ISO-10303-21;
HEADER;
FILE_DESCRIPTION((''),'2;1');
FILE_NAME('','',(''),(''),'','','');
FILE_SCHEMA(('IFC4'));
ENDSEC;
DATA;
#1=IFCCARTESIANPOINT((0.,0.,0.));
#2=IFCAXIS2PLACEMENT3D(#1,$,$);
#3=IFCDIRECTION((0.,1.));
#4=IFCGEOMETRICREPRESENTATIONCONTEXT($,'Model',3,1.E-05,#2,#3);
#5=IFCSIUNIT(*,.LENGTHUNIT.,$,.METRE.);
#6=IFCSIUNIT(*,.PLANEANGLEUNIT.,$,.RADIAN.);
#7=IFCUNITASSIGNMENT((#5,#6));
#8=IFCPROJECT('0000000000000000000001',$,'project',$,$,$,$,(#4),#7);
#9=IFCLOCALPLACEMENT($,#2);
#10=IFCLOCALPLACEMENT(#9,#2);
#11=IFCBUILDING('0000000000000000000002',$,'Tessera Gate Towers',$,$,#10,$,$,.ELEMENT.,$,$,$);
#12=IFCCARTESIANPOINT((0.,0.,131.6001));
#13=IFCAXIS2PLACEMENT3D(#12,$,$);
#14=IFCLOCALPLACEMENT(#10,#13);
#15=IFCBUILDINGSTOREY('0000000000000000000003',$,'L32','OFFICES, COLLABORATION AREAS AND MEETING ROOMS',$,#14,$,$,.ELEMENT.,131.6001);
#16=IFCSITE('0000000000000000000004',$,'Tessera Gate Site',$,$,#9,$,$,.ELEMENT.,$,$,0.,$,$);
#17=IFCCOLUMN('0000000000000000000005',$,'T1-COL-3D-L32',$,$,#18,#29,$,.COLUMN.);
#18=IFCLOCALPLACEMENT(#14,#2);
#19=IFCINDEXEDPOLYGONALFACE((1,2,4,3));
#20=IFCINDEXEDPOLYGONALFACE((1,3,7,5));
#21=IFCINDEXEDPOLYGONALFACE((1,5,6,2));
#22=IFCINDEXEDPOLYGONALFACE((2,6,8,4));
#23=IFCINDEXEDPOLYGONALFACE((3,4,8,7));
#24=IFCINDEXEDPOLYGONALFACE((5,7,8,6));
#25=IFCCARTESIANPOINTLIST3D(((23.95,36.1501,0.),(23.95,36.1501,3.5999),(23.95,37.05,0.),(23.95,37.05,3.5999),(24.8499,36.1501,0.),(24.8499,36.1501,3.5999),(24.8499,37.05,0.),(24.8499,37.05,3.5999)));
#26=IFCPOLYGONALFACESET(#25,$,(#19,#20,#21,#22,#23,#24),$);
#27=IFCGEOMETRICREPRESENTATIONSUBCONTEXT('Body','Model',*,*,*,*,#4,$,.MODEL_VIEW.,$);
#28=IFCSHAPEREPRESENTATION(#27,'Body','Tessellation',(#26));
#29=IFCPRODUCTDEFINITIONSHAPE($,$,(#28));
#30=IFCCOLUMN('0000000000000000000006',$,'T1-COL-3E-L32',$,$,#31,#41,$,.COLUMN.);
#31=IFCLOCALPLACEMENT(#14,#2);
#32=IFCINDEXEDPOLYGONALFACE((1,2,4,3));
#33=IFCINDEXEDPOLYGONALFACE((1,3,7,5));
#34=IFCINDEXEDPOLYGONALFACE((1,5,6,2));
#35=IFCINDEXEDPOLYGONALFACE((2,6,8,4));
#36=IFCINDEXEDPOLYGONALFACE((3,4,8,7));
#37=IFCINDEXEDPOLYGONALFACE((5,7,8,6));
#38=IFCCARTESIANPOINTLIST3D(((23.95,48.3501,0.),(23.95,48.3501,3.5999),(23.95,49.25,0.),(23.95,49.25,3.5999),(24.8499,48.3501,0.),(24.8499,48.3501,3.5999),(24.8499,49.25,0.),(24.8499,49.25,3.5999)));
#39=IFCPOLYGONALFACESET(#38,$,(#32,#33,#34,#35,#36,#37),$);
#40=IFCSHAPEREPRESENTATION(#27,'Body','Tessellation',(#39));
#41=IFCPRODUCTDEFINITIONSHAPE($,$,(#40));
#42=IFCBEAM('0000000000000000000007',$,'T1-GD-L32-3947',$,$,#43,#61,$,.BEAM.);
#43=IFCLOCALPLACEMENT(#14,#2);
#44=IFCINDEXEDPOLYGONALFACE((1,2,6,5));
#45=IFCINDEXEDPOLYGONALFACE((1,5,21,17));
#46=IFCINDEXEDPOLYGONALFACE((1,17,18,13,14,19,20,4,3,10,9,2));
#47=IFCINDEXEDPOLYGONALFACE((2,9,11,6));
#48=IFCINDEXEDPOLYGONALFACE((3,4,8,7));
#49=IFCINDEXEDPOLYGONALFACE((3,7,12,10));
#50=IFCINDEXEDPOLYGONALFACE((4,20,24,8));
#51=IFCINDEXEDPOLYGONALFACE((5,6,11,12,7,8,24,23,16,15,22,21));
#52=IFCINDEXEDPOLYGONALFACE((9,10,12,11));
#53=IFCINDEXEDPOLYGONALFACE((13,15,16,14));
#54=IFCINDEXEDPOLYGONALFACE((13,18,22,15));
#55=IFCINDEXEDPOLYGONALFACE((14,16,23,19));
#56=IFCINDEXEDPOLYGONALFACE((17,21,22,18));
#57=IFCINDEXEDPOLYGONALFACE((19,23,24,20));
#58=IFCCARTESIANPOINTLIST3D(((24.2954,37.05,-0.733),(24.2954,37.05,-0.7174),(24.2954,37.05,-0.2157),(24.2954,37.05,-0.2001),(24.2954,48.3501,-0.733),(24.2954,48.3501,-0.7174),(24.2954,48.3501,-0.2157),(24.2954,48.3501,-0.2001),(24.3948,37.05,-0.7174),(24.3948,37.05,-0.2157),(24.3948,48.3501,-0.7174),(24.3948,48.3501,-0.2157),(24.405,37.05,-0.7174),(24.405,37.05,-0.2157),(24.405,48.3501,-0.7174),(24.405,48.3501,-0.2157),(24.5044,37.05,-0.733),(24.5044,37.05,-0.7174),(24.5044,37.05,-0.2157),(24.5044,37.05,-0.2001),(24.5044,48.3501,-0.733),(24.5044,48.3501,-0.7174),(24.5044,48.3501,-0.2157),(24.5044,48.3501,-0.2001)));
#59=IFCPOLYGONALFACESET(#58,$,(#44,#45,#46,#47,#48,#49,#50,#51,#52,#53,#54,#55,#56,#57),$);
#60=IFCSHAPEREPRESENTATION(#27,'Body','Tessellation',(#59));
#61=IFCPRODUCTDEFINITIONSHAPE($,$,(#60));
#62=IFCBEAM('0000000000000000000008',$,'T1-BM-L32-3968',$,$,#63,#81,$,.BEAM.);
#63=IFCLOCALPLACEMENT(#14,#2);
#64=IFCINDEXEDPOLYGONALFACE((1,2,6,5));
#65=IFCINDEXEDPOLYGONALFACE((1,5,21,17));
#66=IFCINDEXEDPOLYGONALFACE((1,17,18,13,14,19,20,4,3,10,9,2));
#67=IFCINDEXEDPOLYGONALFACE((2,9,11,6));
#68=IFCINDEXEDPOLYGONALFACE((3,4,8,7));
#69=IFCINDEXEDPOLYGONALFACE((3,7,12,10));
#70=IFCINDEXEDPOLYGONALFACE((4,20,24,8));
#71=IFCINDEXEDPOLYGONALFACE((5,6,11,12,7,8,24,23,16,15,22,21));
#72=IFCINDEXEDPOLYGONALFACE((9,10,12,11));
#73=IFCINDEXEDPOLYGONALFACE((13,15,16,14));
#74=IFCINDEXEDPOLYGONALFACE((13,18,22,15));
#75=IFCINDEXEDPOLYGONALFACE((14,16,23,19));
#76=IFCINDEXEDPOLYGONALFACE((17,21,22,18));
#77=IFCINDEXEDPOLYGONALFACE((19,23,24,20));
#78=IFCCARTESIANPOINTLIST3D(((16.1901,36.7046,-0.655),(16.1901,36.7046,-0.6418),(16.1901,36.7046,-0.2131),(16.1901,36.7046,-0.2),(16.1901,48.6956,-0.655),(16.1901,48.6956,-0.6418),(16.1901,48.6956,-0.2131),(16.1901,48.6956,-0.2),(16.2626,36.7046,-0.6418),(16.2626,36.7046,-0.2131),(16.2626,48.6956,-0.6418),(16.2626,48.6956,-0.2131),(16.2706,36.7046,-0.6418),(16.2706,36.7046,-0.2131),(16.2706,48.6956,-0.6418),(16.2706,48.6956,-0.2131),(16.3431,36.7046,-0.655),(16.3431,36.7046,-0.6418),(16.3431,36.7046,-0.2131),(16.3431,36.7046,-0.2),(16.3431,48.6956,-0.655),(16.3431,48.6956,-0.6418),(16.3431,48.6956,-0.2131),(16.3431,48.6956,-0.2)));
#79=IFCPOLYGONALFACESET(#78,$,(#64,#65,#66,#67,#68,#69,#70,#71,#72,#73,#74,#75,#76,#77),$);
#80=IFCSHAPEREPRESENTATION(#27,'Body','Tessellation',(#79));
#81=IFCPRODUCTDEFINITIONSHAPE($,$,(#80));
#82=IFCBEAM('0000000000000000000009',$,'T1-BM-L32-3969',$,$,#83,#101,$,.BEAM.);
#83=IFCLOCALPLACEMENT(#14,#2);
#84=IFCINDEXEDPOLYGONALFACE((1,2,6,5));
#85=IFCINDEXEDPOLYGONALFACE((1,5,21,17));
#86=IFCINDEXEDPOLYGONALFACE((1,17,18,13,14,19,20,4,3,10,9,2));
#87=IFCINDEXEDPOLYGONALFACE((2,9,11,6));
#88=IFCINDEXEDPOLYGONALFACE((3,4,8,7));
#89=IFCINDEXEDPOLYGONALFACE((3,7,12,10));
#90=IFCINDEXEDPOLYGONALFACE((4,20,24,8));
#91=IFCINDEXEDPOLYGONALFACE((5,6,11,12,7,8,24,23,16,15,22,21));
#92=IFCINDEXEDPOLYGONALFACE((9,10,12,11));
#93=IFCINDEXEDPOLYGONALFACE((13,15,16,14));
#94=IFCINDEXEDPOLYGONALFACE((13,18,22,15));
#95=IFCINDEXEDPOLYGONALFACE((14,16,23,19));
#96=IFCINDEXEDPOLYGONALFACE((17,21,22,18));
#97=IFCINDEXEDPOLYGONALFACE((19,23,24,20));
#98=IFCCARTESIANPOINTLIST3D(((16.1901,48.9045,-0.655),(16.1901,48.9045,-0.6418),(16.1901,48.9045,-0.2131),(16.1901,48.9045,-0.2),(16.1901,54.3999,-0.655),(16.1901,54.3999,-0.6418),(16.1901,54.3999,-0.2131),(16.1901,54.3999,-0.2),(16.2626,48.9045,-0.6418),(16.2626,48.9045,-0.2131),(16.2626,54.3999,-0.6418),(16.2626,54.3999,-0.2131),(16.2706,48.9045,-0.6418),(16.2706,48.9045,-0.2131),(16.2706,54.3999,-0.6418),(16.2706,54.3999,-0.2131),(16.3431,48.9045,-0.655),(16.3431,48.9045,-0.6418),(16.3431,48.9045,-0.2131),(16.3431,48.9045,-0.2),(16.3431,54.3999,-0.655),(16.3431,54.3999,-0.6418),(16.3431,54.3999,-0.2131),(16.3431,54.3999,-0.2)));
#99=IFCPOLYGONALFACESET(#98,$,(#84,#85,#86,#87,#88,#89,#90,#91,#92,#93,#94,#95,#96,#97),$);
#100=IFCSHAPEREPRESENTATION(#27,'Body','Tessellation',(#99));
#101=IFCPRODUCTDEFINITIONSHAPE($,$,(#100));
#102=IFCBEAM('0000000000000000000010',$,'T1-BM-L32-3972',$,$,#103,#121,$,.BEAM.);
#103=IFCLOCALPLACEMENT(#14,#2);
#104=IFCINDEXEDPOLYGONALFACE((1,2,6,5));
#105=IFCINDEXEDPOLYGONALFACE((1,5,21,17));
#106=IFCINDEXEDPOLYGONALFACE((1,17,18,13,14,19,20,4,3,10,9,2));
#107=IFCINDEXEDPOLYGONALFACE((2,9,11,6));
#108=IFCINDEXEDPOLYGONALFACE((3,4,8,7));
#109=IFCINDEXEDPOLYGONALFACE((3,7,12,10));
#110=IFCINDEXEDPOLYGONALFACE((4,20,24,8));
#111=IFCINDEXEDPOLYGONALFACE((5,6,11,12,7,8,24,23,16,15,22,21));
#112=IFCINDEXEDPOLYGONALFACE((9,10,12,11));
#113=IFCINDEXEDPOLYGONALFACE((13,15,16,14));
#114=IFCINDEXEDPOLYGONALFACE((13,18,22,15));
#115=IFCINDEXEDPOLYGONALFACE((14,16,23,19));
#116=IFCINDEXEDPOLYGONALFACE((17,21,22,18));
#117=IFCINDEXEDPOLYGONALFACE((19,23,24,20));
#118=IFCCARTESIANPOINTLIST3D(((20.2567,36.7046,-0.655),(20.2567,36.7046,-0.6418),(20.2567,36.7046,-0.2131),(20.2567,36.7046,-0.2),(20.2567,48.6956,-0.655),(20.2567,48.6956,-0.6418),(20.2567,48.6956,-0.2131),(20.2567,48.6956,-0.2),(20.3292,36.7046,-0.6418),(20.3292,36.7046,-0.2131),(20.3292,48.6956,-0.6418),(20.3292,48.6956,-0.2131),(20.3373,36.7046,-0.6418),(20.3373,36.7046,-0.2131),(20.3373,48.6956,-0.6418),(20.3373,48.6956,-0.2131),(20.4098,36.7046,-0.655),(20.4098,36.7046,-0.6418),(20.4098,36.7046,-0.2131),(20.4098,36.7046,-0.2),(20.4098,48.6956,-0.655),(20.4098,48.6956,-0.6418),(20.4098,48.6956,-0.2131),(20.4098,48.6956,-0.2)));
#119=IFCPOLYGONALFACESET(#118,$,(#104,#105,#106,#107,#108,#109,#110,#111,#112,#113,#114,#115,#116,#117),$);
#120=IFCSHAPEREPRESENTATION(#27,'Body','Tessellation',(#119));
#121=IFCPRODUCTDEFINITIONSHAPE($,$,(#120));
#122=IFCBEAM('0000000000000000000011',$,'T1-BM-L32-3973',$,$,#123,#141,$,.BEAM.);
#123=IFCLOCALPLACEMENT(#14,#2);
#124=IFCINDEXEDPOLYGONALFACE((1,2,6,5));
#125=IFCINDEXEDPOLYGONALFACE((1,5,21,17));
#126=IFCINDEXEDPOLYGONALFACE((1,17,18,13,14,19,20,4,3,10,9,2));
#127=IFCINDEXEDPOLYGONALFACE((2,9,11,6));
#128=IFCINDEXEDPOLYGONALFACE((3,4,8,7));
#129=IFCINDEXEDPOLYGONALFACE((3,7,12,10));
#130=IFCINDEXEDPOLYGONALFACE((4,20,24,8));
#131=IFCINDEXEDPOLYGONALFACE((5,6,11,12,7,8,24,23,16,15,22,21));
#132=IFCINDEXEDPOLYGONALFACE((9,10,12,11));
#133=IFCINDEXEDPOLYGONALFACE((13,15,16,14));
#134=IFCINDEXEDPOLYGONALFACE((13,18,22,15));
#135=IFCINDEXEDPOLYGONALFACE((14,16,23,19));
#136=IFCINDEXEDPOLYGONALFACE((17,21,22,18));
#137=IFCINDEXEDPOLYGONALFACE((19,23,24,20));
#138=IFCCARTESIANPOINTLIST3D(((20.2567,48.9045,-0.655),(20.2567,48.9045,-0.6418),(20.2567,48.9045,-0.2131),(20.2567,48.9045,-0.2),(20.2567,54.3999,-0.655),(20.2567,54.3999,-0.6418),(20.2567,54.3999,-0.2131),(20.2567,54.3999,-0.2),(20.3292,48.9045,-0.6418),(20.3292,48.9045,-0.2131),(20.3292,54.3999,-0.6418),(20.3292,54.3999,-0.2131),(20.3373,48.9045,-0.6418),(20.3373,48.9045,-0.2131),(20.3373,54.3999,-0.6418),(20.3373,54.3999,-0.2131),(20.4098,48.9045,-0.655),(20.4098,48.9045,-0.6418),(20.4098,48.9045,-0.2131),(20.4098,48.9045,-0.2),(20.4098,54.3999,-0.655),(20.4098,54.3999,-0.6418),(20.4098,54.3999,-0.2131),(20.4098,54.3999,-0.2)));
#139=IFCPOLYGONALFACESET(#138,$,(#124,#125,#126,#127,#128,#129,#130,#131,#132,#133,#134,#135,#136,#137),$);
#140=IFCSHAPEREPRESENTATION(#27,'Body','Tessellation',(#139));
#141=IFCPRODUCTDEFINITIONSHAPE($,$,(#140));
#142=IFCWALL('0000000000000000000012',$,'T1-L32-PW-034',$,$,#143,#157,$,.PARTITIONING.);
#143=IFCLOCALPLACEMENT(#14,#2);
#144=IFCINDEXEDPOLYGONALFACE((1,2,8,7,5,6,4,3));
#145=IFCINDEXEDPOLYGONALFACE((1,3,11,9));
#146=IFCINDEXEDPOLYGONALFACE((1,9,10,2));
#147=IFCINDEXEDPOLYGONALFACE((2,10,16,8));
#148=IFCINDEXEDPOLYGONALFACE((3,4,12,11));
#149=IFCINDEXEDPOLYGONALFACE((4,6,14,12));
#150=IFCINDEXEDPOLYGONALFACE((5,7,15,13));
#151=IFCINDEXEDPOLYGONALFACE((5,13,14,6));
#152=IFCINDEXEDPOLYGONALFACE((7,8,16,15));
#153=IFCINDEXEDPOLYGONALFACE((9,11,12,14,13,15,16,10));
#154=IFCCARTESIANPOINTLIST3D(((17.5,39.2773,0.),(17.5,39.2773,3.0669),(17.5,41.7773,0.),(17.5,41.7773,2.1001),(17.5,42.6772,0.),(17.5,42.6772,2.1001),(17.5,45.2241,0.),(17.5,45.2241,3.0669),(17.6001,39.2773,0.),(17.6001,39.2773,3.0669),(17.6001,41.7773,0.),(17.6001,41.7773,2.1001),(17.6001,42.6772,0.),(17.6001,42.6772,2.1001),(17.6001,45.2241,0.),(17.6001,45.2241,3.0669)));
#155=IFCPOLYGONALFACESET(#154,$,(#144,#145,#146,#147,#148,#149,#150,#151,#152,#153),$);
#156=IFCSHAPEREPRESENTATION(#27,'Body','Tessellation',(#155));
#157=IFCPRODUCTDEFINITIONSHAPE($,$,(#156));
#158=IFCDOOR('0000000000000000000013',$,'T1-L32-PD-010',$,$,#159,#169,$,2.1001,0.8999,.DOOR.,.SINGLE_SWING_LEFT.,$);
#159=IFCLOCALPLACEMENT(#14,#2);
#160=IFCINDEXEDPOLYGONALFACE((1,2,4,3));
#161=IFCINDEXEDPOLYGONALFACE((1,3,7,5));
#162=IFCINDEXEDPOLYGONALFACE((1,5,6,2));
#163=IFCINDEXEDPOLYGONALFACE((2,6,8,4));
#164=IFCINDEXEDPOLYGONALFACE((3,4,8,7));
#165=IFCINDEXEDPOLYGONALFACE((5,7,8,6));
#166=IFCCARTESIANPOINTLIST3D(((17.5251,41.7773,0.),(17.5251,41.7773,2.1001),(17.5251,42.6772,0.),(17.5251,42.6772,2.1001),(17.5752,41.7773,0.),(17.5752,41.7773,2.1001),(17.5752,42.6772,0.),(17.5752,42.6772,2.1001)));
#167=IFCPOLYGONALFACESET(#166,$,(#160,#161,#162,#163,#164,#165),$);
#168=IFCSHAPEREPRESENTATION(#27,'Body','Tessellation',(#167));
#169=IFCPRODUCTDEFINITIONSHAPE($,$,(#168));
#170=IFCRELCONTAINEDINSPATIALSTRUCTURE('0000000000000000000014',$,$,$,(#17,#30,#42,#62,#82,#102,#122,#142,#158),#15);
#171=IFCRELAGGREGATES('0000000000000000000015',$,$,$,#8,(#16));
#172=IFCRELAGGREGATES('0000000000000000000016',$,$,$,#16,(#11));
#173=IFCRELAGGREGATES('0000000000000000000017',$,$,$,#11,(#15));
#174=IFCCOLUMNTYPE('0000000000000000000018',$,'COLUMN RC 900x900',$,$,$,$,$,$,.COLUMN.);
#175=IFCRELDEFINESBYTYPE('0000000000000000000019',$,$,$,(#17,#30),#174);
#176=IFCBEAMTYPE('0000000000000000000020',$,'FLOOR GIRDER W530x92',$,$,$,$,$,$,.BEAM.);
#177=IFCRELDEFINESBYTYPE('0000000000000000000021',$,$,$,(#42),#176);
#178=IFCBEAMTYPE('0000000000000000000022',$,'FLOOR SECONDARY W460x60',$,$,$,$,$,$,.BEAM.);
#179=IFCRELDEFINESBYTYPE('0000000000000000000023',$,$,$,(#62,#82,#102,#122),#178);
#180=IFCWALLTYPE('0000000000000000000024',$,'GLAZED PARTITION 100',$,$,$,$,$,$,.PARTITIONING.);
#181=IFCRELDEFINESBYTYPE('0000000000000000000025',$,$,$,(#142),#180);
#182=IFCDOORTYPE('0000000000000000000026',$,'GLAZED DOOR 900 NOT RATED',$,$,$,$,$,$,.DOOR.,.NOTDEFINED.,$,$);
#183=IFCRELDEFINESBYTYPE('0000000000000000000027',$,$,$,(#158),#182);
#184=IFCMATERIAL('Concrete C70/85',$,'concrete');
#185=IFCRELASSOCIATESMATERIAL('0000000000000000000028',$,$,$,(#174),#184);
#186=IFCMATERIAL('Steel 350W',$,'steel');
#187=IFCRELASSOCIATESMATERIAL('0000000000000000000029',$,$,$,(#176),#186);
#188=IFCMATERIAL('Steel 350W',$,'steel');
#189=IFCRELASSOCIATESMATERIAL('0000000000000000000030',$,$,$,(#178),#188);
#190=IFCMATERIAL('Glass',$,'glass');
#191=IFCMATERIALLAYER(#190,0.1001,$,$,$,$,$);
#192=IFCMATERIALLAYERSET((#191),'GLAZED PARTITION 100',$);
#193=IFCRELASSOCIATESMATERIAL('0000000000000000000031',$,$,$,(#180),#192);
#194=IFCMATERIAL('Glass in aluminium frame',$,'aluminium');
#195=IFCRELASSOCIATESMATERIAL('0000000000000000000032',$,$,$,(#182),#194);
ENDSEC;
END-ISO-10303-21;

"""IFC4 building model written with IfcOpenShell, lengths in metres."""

from ifc_helpers import new_model, si_unit, direction, frame, frame_2d, origin, origin_2d, place, context, subcontext, project, spatial, rectangle, i_section, extrude, source, transform, mapped, material, layer, layer_set, material_profile, profile_set, type_object, element, fill, save


model = new_model("IFC4")

# Units and contexts
model_context = context("Model", 3, precision=1e-05, world=origin(), true_north=direction((0.0, 1.0)))
body_context = subcontext(model_context, "Body", "Model", "MODEL_VIEW")
ifc_project = project(units=[si_unit("LENGTHUNIT", "METRE"), si_unit("PLANEANGLEUNIT", "RADIAN")], contexts=[model_context])

# Site, building, storey
site_placement = place(None, origin())
site = spatial("IfcSite", under=ifc_project, at=site_placement, Name="Tessera Gate Site", CompositionType="ELEMENT", RefElevation=0.0)
building_placement = place(site_placement, origin())
building = spatial("IfcBuilding", under=site, at=building_placement, Name="Tessera Gate Towers", CompositionType="ELEMENT")
storey_placement = place(building_placement, frame((0.0, 0.0, 131.6001)))
storey = spatial("IfcBuildingStorey", under=building, at=storey_placement, Name="L32", Description="OFFICES, COLLABORATION AREAS AND MEETING ROOMS", CompositionType="ELEMENT", Elevation=131.6001)

# Columns
ifc_material_1 = material(Name="Concrete C70/85", Category="concrete")
ifc_material_profile_1 = material_profile(ifc_material_1, rectangle(XDim=0.8999, YDim=0.8999, at=origin_2d()), Name="RC 900x900")
ifc_profile_set_1 = profile_set([ifc_material_profile_1], Name="Concrete C70/85")
column_type = type_object("IfcColumnType", Name="COLUMN RC 900x900", PredefinedType="COLUMN", material=ifc_profile_set_1)
for number, where, z_axis, x_axis, name in (
    (1, (24.3999, 36.6001, 0.0), (0.0, 0.0, 1.0), (1.0, 0.0, 0.0), "T1-COL-3D-L32"),
    (2, (24.3999, 48.8, 0.0), (0.0, 0.0, 1.0), (1.0, 0.0, 0.0), "T1-COL-3E-L32"),
):
    element("IfcColumn", number, at=place(storey_placement, frame(where, z_axis=z_axis, x_axis=x_axis)), inside=storey, type_object=column_type, Name=name, PredefinedType="COLUMN", context=body_context, shape_type="SweptSolid", body=[
        extrude(rectangle(XDim=0.8999, YDim=0.8999, at=origin_2d()), origin(), (0.0, 0.0, 1.0), 3.5999),
    ])

# Beams
ifc_material_2 = material(Name="Steel 350W", Category="steel")
ifc_material_profile_2 = material_profile(ifc_material_2, i_section(OverallWidth=0.209, OverallDepth=0.533, WebThickness=0.0103, FlangeThickness=0.0156, at=origin_2d()), Name="W530x92")
ifc_profile_set_2 = profile_set([ifc_material_profile_2], Name="Steel 350W")
beam_type_1 = type_object("IfcBeamType", Name="FLOOR GIRDER W530x92", PredefinedType="BEAM", material=ifc_profile_set_2)
beam_1_placement = place(storey_placement, frame((24.3999, 37.05, -0.4666), z_axis=(0.0, 1.0, 0.0), x_axis=(-1.0, 0.0, 0.0)))
element("IfcBeam", 3, at=beam_1_placement, inside=storey, type_object=beam_type_1, Name="T1-GD-L32-3947", PredefinedType="BEAM", context=body_context, shape_type="SweptSolid", body=[
    extrude(i_section(OverallWidth=0.209, OverallDepth=0.533, WebThickness=0.0103, FlangeThickness=0.0156, at=origin_2d()), origin(), (0.0, 0.0, 1.0), 11.3),
])
ifc_material_3 = material(Name="Steel 350W", Category="steel")
ifc_material_profile_3 = material_profile(ifc_material_3, i_section(OverallWidth=0.1531, OverallDepth=0.4551, WebThickness=0.0081, FlangeThickness=0.0132, at=origin_2d()), Name="W460x60")
ifc_profile_set_3 = profile_set([ifc_material_profile_3], Name="Steel 350W")
beam_type_2 = type_object("IfcBeamType", Name="FLOOR SECONDARY W460x60", PredefinedType="BEAM", material=ifc_profile_set_3)
beam_2_placement = place(storey_placement, frame((16.2666, 36.7046, -0.4275), z_axis=(0.0, 1.0, 0.0), x_axis=(-1.0, 0.0, 0.0)))
element("IfcBeam", 4, at=beam_2_placement, inside=storey, type_object=beam_type_2, Name="T1-BM-L32-3968", PredefinedType="BEAM", context=body_context, shape_type="SweptSolid", body=[
    extrude(i_section(OverallWidth=0.1531, OverallDepth=0.4551, WebThickness=0.0081, FlangeThickness=0.0132, at=origin_2d()), origin(), (0.0, 0.0, 1.0), 11.991),
])
beam_3_placement = place(storey_placement, frame((16.2666, 48.9045, -0.4275), z_axis=(0.0, 1.0, 0.0), x_axis=(-1.0, 0.0, 0.0)))
element("IfcBeam", 5, at=beam_3_placement, inside=storey, type_object=beam_type_2, Name="T1-BM-L32-3969", PredefinedType="BEAM", context=body_context, shape_type="SweptSolid", body=[
    extrude(i_section(OverallWidth=0.1531, OverallDepth=0.4551, WebThickness=0.0081, FlangeThickness=0.0132, at=origin_2d()), origin(), (0.0, 0.0, 1.0), 5.4954),
])
beam_4_placement = place(storey_placement, frame((20.3333, 36.7046, -0.4275), z_axis=(0.0, 1.0, 0.0), x_axis=(-1.0, 0.0, 0.0)))
element("IfcBeam", 6, at=beam_4_placement, inside=storey, type_object=beam_type_2, Name="T1-BM-L32-3972", PredefinedType="BEAM", context=body_context, shape_type="SweptSolid", body=[
    extrude(i_section(OverallWidth=0.1531, OverallDepth=0.4551, WebThickness=0.0081, FlangeThickness=0.0132, at=origin_2d()), origin(), (0.0, 0.0, 1.0), 11.991),
])
beam_5_placement = place(storey_placement, frame((20.3333, 48.9045, -0.4275), z_axis=(0.0, 1.0, 0.0), x_axis=(-1.0, 0.0, 0.0)))
element("IfcBeam", 7, at=beam_5_placement, inside=storey, type_object=beam_type_2, Name="T1-BM-L32-3973", PredefinedType="BEAM", context=body_context, shape_type="SweptSolid", body=[
    extrude(i_section(OverallWidth=0.1531, OverallDepth=0.4551, WebThickness=0.0081, FlangeThickness=0.0132, at=origin_2d()), origin(), (0.0, 0.0, 1.0), 5.4954),
])

# Wall, opening, door
ifc_material_4 = material(Name="Glass", Category="glass")
ifc_layer_1 = layer(ifc_material_4, 0.1001)
ifc_layer_set_1 = layer_set([ifc_layer_1], Name="GLAZED PARTITION 100")
wall_type_1 = type_object("IfcWallType", Name="GLAZED PARTITION 100", PredefinedType="PARTITIONING", material=ifc_layer_set_1)
wall_1_placement = place(storey_placement, frame((17.55, 39.2773, 0.0), z_axis=(0.0, 0.0, 1.0), x_axis=(0.0, 1.0, 0.0)))
wall_1 = element("IfcWall", 8, at=wall_1_placement, inside=storey, type_object=wall_type_1, Name="T1-L32-PW-034", PredefinedType="PARTITIONING", context=body_context, shape_type="SweptSolid", body=[
    extrude(rectangle(XDim=5.9468, YDim=0.1001, at=frame_2d((2.9734, 0.0))), origin(), (0.0, 0.0, 1.0), 3.0669),
])
shared_shape_1 = source(origin(), body_context, "Body", "SweptSolid", [
    extrude(rectangle(XDim=0.8999, YDim=2.1001, at=frame_2d((0.45, 1.05))), frame((0.0, 0.0601, 0.0), z_axis=(0.0, -1.0, 0.0), x_axis=(1.0, 0.0, 0.0)), (0.0, 0.0, 1.0), 0.1201),
])
opening_1_placement = place(wall_1_placement, frame((2.5, 0.0, 0.0)))
opening_1 = element("IfcOpeningElement", 9, at=opening_1_placement, cuts=wall_1, PredefinedType="OPENING", context=body_context, shape_type="MappedRepresentation", body=[
    mapped(shared_shape_1, transform((0.0, 0.0, 0.0), scale=1.0)),
])
ifc_material_5 = material(Name="Glass in aluminium frame", Category="aluminium")
door_type_1 = type_object("IfcDoorType", Name="GLAZED DOOR 900 NOT RATED", OperationType="NOTDEFINED", PredefinedType="DOOR", material=ifc_material_5)
shared_shape_2 = source(origin(), body_context, "Body", "SweptSolid", [
    extrude(rectangle(XDim=0.8999, YDim=2.1001, at=frame_2d((0.45, 1.05))), frame((0.0, 0.0249, 0.0), z_axis=(0.0, -1.0, 0.0), x_axis=(1.0, 0.0, 0.0)), (0.0, 0.0, 1.0), 0.05),
])
door_1_placement = place(opening_1_placement, origin())
door_1 = element("IfcDoor", 10, at=door_1_placement, inside=storey, type_object=door_type_1, Name="T1-L32-PD-010", OperationType="SINGLE_SWING_LEFT", OverallHeight=2.1001, OverallWidth=0.8999, PredefinedType="DOOR", context=body_context, shape_type="MappedRepresentation", body=[
    mapped(shared_shape_2, transform((0.0, 0.0, 0.0), scale=1.0)),
])
fill(opening_1, door_1)

save(model, "model.ifc")
